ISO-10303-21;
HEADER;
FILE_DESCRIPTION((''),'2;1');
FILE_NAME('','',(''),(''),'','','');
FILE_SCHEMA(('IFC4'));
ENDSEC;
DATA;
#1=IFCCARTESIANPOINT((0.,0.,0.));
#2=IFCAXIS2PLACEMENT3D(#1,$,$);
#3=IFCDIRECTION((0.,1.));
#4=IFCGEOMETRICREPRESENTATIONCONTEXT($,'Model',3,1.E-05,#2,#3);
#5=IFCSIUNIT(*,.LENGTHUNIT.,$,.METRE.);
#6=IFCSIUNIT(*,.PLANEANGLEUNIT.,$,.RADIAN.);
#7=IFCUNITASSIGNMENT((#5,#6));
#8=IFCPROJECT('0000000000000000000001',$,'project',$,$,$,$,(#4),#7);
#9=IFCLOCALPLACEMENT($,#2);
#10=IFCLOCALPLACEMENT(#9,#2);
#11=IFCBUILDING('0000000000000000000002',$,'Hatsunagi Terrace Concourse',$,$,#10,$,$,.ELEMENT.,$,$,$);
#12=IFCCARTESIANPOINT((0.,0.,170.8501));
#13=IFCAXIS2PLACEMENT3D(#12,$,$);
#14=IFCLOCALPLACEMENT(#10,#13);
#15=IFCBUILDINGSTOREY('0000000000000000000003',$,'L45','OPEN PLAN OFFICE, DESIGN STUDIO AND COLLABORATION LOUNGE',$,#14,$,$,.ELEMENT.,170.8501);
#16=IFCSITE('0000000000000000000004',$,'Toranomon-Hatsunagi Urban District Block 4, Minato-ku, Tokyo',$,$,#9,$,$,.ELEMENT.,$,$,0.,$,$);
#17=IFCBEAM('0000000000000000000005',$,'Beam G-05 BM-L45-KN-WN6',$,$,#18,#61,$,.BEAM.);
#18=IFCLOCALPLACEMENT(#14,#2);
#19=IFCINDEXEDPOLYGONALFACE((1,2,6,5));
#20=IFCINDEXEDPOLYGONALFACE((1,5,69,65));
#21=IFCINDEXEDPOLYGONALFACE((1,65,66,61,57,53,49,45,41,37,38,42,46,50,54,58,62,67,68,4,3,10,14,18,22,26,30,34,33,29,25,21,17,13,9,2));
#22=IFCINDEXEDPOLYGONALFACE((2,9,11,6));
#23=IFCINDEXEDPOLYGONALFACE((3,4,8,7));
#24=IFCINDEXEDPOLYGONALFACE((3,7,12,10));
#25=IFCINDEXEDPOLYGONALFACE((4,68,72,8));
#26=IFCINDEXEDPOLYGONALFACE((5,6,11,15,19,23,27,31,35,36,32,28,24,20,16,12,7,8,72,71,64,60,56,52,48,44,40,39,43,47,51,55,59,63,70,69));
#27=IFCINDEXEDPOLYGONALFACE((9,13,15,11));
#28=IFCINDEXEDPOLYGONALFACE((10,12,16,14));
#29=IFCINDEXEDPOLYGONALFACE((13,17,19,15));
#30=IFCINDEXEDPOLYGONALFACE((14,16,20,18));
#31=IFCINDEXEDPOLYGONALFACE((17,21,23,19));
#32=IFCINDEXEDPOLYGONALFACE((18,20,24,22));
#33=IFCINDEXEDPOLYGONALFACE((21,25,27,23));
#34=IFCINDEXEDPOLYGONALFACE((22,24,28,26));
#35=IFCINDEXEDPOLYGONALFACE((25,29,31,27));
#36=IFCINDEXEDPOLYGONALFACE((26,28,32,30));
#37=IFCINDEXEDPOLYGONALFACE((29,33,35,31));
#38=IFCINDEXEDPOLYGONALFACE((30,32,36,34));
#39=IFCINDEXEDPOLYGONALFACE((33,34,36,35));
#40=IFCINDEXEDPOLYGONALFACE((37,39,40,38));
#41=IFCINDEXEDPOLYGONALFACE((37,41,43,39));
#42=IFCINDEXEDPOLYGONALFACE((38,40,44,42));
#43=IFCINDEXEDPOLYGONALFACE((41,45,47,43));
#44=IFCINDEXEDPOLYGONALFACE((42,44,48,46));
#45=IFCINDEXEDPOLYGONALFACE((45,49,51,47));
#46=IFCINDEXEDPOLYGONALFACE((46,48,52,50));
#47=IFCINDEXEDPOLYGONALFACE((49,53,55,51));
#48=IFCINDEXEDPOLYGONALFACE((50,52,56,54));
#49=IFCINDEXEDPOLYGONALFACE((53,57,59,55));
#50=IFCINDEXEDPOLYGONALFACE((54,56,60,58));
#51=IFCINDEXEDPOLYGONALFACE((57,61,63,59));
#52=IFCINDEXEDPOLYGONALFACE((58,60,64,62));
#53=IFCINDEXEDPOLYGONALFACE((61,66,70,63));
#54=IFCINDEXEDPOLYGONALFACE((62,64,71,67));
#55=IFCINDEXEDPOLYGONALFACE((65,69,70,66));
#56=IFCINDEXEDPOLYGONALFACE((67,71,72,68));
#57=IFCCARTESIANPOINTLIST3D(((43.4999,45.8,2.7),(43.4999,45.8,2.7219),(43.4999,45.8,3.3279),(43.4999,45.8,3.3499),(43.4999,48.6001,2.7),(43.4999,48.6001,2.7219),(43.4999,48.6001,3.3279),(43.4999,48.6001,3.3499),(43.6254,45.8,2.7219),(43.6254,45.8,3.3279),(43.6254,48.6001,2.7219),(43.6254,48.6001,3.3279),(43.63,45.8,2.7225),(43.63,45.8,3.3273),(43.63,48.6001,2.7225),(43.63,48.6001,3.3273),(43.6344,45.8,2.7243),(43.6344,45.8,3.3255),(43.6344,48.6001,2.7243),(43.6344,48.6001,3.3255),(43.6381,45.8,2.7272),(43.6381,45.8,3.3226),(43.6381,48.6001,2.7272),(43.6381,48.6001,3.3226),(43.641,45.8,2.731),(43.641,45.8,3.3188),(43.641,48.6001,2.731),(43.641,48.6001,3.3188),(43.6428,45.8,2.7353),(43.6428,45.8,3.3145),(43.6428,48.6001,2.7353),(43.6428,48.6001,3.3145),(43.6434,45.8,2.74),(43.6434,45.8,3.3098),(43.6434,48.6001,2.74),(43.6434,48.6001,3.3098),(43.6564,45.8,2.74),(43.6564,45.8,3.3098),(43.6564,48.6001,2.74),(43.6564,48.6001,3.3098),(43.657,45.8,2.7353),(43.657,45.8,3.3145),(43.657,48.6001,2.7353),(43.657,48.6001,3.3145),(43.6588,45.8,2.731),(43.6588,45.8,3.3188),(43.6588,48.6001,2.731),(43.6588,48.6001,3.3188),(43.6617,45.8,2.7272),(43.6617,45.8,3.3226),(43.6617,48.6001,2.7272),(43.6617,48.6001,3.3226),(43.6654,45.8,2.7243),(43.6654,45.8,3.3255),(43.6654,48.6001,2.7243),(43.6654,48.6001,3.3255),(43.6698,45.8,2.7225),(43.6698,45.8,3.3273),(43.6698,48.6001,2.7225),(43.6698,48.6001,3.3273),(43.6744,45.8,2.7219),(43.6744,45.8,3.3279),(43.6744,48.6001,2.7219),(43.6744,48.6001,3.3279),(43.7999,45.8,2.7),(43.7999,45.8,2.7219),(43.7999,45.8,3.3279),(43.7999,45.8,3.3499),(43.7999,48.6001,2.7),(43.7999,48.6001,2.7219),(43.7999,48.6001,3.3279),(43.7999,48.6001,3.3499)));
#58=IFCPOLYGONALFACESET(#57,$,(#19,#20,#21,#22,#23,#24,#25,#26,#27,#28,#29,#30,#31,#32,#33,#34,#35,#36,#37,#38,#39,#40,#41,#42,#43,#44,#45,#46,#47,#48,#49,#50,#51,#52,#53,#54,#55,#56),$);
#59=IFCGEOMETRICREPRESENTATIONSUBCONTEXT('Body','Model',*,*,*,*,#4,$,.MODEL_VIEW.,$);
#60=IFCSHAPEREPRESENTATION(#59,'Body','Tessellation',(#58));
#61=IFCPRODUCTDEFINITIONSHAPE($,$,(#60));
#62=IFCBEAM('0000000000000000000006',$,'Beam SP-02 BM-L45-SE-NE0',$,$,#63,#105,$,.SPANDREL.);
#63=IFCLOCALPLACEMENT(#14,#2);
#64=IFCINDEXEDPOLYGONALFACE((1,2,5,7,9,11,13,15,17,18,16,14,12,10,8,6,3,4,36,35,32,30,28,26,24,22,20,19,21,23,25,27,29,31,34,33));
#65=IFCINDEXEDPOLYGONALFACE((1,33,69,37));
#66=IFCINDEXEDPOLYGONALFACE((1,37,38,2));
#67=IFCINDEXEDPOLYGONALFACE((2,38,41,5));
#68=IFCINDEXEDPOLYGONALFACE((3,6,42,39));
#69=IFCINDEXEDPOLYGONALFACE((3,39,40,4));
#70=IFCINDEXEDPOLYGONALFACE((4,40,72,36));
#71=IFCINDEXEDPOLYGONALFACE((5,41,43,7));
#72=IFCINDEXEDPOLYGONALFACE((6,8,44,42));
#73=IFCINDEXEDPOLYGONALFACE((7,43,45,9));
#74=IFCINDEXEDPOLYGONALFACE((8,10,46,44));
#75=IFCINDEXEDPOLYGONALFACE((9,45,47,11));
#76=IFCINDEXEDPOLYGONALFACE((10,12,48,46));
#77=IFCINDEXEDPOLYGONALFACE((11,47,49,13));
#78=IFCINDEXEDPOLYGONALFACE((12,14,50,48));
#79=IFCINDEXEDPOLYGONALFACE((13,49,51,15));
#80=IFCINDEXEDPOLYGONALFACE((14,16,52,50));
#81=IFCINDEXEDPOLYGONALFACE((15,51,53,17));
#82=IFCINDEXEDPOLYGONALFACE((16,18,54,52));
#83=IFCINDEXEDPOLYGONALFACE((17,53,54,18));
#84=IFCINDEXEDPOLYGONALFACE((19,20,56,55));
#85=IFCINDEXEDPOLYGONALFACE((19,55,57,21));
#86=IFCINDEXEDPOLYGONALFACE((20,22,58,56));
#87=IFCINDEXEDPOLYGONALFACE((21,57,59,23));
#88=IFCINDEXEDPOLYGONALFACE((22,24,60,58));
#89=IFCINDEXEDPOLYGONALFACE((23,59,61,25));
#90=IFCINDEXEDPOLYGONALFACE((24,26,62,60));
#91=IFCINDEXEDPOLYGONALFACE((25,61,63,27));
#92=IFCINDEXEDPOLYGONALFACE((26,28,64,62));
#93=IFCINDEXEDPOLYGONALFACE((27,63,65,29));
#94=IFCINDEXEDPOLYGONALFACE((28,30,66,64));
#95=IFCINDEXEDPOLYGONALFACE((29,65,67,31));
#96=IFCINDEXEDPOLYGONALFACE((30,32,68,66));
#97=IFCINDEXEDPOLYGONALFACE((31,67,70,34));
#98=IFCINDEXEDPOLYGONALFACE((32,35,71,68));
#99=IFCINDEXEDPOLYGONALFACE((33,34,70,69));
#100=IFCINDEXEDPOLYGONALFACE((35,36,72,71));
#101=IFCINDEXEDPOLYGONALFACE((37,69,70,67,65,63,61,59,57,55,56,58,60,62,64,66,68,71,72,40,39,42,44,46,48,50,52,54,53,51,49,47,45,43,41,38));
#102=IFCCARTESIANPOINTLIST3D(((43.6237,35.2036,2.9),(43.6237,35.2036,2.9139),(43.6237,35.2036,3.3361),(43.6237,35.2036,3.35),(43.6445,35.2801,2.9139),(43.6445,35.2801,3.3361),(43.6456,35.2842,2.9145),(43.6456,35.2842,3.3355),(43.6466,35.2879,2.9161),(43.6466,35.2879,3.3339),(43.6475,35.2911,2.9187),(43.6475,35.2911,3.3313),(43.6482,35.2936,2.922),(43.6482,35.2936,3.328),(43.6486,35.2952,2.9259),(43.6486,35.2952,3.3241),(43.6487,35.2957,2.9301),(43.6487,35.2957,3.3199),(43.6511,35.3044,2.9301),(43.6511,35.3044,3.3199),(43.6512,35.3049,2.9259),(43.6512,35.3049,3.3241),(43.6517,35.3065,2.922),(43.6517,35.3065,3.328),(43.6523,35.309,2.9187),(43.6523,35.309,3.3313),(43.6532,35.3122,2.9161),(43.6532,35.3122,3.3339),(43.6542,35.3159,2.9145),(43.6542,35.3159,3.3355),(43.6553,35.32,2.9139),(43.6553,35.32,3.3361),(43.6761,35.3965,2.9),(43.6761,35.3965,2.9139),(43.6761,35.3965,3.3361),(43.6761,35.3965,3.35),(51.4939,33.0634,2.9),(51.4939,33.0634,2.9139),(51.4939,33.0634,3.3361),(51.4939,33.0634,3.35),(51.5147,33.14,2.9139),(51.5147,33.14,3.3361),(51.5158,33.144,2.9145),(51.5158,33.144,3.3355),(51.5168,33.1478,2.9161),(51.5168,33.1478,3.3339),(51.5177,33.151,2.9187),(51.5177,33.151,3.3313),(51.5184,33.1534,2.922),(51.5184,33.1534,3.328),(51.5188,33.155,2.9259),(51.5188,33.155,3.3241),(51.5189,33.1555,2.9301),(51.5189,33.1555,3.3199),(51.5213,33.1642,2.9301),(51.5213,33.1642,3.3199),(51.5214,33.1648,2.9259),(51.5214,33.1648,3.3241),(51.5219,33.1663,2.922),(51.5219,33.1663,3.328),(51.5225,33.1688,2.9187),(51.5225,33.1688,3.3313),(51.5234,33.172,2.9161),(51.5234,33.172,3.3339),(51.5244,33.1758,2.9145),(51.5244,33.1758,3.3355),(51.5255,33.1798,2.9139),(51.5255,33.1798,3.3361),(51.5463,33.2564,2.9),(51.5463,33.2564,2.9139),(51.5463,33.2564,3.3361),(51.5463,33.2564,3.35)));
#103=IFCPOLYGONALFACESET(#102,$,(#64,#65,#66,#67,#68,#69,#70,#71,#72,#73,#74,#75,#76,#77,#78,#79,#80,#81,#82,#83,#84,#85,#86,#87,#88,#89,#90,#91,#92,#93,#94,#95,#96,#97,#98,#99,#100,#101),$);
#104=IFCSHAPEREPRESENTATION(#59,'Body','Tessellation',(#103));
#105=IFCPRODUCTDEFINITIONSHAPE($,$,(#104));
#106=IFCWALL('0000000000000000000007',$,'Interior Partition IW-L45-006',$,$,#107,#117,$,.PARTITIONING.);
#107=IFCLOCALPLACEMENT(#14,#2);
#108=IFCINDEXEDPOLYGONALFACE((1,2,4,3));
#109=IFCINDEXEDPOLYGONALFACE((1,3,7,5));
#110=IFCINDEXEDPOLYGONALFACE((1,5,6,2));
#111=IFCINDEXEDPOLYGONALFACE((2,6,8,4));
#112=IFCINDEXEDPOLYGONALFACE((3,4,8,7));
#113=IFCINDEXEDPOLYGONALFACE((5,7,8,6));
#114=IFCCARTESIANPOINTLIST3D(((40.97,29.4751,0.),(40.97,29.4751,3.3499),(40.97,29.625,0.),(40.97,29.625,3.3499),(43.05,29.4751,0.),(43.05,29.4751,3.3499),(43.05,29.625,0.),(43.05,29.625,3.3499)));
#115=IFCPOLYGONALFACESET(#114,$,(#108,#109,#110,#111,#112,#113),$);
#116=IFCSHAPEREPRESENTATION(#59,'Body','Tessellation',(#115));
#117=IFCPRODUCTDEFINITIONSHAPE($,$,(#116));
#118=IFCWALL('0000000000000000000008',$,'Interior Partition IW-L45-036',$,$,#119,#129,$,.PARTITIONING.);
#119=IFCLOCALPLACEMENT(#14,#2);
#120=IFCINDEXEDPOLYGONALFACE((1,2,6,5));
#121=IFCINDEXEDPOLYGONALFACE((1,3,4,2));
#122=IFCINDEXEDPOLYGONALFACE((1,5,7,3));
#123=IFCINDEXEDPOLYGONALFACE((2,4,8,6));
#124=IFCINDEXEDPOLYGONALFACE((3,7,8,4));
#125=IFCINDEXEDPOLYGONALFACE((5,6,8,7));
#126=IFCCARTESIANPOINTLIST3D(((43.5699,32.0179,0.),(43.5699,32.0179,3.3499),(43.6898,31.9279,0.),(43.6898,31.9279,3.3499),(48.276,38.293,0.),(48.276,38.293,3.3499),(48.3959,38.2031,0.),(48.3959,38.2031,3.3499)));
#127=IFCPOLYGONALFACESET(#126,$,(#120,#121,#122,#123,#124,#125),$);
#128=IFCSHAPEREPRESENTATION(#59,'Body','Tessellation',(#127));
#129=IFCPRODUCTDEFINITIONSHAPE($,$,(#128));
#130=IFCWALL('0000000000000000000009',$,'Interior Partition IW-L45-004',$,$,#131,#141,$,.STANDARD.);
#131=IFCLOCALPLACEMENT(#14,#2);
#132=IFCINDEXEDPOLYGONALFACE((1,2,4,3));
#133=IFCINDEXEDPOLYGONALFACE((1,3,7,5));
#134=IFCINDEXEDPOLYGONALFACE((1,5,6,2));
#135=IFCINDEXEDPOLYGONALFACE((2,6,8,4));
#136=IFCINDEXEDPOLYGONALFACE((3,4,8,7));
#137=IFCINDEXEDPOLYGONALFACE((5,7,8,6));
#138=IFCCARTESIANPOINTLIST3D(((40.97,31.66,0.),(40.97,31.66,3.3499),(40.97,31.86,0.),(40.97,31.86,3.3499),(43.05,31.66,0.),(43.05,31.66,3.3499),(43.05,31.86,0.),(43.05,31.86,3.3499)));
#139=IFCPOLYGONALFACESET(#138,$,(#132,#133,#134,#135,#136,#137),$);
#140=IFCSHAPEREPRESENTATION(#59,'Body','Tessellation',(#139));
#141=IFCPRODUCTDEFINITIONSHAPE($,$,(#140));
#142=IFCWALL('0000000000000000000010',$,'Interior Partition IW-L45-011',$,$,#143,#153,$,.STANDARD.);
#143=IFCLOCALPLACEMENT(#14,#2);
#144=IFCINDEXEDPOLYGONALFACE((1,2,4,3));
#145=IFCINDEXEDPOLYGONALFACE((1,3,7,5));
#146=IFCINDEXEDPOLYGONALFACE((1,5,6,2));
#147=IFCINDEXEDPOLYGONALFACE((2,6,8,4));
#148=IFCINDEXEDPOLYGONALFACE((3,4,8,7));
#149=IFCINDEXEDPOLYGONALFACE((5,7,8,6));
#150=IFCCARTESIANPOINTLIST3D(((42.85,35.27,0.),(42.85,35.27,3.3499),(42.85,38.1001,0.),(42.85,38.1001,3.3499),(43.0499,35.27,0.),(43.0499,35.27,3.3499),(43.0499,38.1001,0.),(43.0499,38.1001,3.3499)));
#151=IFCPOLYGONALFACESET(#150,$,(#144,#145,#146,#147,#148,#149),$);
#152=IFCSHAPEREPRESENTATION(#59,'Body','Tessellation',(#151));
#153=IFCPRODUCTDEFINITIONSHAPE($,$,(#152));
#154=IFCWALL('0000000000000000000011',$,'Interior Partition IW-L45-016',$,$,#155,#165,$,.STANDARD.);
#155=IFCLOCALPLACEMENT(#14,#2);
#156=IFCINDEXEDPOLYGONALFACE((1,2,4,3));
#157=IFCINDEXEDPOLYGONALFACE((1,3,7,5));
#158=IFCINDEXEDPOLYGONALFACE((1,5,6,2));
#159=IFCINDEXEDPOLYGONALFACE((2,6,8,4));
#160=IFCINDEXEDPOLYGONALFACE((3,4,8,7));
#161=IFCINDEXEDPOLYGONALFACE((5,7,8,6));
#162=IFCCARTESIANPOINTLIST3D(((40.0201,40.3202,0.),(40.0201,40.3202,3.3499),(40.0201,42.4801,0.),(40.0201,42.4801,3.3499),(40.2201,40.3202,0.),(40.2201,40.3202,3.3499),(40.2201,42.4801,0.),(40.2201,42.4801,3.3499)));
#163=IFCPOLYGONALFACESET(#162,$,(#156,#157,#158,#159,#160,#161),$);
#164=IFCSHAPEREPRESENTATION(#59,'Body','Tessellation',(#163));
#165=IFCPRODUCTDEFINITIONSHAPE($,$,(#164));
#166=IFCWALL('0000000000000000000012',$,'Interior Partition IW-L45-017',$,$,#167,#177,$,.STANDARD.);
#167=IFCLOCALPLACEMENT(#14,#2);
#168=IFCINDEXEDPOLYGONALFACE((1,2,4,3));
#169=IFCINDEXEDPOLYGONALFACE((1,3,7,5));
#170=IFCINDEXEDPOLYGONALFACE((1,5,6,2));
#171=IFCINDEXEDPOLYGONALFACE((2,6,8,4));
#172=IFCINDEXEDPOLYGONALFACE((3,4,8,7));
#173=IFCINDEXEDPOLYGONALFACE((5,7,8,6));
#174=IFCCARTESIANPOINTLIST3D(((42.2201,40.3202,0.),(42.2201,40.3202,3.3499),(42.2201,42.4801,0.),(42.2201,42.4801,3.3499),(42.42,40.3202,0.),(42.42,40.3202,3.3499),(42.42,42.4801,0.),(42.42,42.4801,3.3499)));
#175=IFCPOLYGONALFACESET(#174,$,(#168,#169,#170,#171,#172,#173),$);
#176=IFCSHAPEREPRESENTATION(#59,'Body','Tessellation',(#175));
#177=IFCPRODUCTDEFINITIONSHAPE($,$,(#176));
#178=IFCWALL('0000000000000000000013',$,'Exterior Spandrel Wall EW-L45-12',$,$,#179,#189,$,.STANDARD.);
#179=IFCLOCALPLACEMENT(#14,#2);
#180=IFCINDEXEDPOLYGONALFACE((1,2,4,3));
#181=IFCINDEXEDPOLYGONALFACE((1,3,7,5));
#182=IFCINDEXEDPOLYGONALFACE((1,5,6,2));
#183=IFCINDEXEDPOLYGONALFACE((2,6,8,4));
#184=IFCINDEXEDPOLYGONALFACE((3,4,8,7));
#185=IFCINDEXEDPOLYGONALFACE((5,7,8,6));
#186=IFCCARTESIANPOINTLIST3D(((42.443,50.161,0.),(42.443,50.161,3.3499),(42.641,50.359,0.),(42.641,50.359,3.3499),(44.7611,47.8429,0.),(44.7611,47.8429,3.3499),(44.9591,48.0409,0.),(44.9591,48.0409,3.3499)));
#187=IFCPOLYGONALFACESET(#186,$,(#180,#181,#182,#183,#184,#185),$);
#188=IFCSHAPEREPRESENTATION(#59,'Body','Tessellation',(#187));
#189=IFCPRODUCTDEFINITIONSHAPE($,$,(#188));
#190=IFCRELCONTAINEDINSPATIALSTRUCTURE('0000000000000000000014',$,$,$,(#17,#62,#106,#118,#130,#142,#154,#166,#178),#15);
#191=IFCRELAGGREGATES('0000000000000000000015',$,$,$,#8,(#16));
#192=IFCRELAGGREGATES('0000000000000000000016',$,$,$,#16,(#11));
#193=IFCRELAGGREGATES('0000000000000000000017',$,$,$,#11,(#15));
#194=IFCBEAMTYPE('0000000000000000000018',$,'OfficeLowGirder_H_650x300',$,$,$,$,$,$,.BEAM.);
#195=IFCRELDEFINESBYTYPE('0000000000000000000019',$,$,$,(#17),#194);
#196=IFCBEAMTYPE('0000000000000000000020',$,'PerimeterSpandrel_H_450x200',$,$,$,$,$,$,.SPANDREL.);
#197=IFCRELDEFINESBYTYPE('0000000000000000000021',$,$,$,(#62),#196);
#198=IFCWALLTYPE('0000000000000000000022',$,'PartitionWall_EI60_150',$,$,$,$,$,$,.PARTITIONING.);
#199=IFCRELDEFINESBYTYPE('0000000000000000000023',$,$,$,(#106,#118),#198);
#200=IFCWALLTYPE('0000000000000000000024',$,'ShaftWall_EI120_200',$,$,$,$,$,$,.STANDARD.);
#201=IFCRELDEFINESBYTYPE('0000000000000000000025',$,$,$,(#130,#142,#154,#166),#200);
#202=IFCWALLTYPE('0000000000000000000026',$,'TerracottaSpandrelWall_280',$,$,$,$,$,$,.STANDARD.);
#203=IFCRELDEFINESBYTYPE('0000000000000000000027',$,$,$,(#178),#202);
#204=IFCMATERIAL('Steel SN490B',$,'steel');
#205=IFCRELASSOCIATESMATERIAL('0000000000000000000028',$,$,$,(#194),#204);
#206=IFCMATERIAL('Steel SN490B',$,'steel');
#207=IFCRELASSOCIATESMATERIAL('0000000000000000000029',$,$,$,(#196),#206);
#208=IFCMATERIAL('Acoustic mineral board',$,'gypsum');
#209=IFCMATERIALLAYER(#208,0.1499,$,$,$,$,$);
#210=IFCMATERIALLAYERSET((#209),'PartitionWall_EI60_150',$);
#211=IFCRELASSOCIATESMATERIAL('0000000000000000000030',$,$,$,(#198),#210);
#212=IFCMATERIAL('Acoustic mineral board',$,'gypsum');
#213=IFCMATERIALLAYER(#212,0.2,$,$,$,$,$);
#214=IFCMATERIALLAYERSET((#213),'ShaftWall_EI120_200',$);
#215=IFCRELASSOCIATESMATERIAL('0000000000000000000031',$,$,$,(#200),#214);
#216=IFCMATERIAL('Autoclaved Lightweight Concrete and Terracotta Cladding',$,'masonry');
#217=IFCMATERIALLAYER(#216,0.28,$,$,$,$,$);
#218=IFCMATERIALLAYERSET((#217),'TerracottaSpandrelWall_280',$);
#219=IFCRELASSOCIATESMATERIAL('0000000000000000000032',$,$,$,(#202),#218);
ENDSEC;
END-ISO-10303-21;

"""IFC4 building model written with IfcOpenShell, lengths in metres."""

from ifc_helpers import new_model, si_unit, direction, frame, frame_2d, origin, origin_2d, place, context, subcontext, project, spatial, rectangle, i_section, extrude, material, layer, layer_set, material_profile, profile_set, type_object, element, save


model = new_model("IFC4")

# Units and contexts
model_context = context("Model", 3, precision=1e-05, world=origin(), true_north=direction((0.0, 1.0)))
body_context = subcontext(model_context, "Body", "Model", "MODEL_VIEW")
ifc_project = project(units=[si_unit("LENGTHUNIT", "METRE"), si_unit("PLANEANGLEUNIT", "RADIAN")], contexts=[model_context])

# Site, building, storey
site_placement = place(None, origin())
site = spatial("IfcSite", under=ifc_project, at=site_placement, Name="Toranomon-Hatsunagi Urban District Block 4, Minato-ku, Tokyo", CompositionType="ELEMENT", RefElevation=0.0)
building_placement = place(site_placement, origin())
building = spatial("IfcBuilding", under=site, at=building_placement, Name="Hatsunagi Terrace Concourse", CompositionType="ELEMENT")
storey_placement = place(building_placement, frame((0.0, 0.0, 170.8501)))
storey = spatial("IfcBuildingStorey", under=building, at=storey_placement, Name="L45", Description="OPEN PLAN OFFICE, DESIGN STUDIO AND COLLABORATION LOUNGE", CompositionType="ELEMENT", Elevation=170.8501)

# Beams
ifc_material_1 = material(Name="Steel SN490B", Category="steel")
ifc_material_profile_1 = material_profile(ifc_material_1, i_section(OverallWidth=0.3, OverallDepth=0.6499, WebThickness=0.0129, FlangeThickness=0.022, FilletRadius=0.0181, at=origin_2d()), Name="H-650x300x13x22")
ifc_profile_set_1 = profile_set([ifc_material_profile_1], Name="Steel SN490B")
beam_type_1 = type_object("IfcBeamType", Name="OfficeLowGirder_H_650x300", PredefinedType="BEAM", material=ifc_profile_set_1)
for number, where, z_axis, x_axis, name in (
    (1, (43.6499, 45.8, 3.0249), (0.0, 1.0, 0.0), (-1.0, 0.0, 0.0), "Beam G-05 BM-L45-KN-WN6"),
):
    element("IfcBeam", number, at=place(storey_placement, frame(where, z_axis=z_axis, x_axis=x_axis)), inside=storey, type_object=beam_type_1, Name=name, PredefinedType="BEAM", context=body_context, shape_type="SweptSolid", body=[
        extrude(i_section(OverallWidth=0.3, OverallDepth=0.6499, WebThickness=0.0129, FlangeThickness=0.022, FilletRadius=0.0181, at=origin_2d()), origin(), (0.0, 0.0, 1.0), 2.8),
    ])
ifc_material_2 = material(Name="Steel SN490B", Category="steel")
ifc_material_profile_2 = material_profile(ifc_material_2, i_section(OverallWidth=0.2, OverallDepth=0.45, WebThickness=0.009, FlangeThickness=0.0139, FilletRadius=0.0161, at=origin_2d()), Name="H-450x200x9x14")
ifc_profile_set_2 = profile_set([ifc_material_profile_2], Name="Steel SN490B")
beam_type_2 = type_object("IfcBeamType", Name="PerimeterSpandrel_H_450x200", PredefinedType="SPANDREL", material=ifc_profile_set_2)
beam_1_placement = place(storey_placement, frame((43.6499, 35.3, 3.125), z_axis=(0.964958, -0.262403, 0.0), x_axis=(0.262403, 0.964958, 0.0)))
element("IfcBeam", 2, at=beam_1_placement, inside=storey, type_object=beam_type_2, Name="Beam SP-02 BM-L45-SE-NE0", PredefinedType="SPANDREL", context=body_context, shape_type="SweptSolid", body=[
    extrude(i_section(OverallWidth=0.2, OverallDepth=0.45, WebThickness=0.009, FlangeThickness=0.0139, FilletRadius=0.0161, at=origin_2d()), origin(), (0.0, 0.0, 1.0), 8.156),
])

# Walls
ifc_material_3 = material(Name="Acoustic mineral board", Category="gypsum")
ifc_layer_1 = layer(ifc_material_3, 0.1499)
ifc_layer_set_1 = layer_set([ifc_layer_1], Name="PartitionWall_EI60_150")
wall_type_1 = type_object("IfcWallType", Name="PartitionWall_EI60_150", PredefinedType="PARTITIONING", material=ifc_layer_set_1)
wall_1_placement = place(storey_placement, frame((40.97, 29.55, 0.0), z_axis=(0.0, 0.0, 1.0), x_axis=(1.0, 0.0, 0.0)))
element("IfcWall", 3, at=wall_1_placement, inside=storey, type_object=wall_type_1, Name="Interior Partition IW-L45-006", PredefinedType="PARTITIONING", context=body_context, shape_type="SweptSolid", body=[
    extrude(rectangle(XDim=2.0801, YDim=0.1499, at=frame_2d((1.04, 0.0))), origin(), (0.0, 0.0, 1.0), 3.3499),
])
wall_2_placement = place(storey_placement, frame((43.6299, 31.9729, 0.0), z_axis=(0.0, 0.0, 1.0), x_axis=(0.599975, 0.800019, 0.0)))
element("IfcWall", 4, at=wall_2_placement, inside=storey, type_object=wall_type_1, Name="Interior Partition IW-L45-036", PredefinedType="PARTITIONING", context=body_context, shape_type="SweptSolid", body=[
    extrude(rectangle(XDim=7.8438, YDim=0.1499, at=frame_2d((3.9219, 0.0))), origin(), (0.0, 0.0, 1.0), 3.3499),
])
ifc_material_4 = material(Name="Acoustic mineral board", Category="gypsum")
ifc_layer_2 = layer(ifc_material_4, 0.2)
ifc_layer_set_2 = layer_set([ifc_layer_2], Name="ShaftWall_EI120_200")
wall_type_2 = type_object("IfcWallType", Name="ShaftWall_EI120_200", PredefinedType="STANDARD", material=ifc_layer_set_2)
wall_3_placement = place(storey_placement, frame((40.97, 31.76, 0.0), z_axis=(0.0, 0.0, 1.0), x_axis=(1.0, 0.0, 0.0)))
element("IfcWall", 5, at=wall_3_placement, inside=storey, type_object=wall_type_2, Name="Interior Partition IW-L45-004", PredefinedType="STANDARD", context=body_context, shape_type="SweptSolid", body=[
    extrude(rectangle(XDim=2.0801, YDim=0.2, at=frame_2d((1.04, 0.0))), origin(), (0.0, 0.0, 1.0), 3.3499),
])
wall_4_placement = place(storey_placement, frame((42.95, 35.27, 0.0), z_axis=(0.0, 0.0, 1.0), x_axis=(0.0, 1.0, 0.0)))
element("IfcWall", 6, at=wall_4_placement, inside=storey, type_object=wall_type_2, Name="Interior Partition IW-L45-011", PredefinedType="STANDARD", context=body_context, shape_type="SweptSolid", body=[
    extrude(rectangle(XDim=2.8301, YDim=0.2, at=frame_2d((1.415, 0.0))), origin(), (0.0, 0.0, 1.0), 3.3499),
])
for number, where, z_axis, x_axis, name in (
    (7, (40.1201, 40.3201, 0.0), (0.0, 0.0, 1.0), (0.0, 1.0, 0.0), "Interior Partition IW-L45-016"),
    (8, (42.3201, 40.3201, 0.0), (0.0, 0.0, 1.0), (0.0, 1.0, 0.0), "Interior Partition IW-L45-017"),
):
    element("IfcWall", number, at=place(storey_placement, frame(where, z_axis=z_axis, x_axis=x_axis)), inside=storey, type_object=wall_type_2, Name=name, PredefinedType="STANDARD", context=body_context, shape_type="SweptSolid", body=[
        extrude(rectangle(XDim=2.1599, YDim=0.2, at=frame_2d((1.0801, 0.0))), origin(), (0.0, 0.0, 1.0), 3.3499),
    ])
ifc_material_5 = material(Name="Autoclaved Lightweight Concrete and Terracotta Cladding", Category="masonry")
ifc_layer_3 = layer(ifc_material_5, 0.28)
ifc_layer_set_3 = layer_set([ifc_layer_3], Name="TerracottaSpandrelWall_280")
wall_type_3 = type_object("IfcWallType", Name="TerracottaSpandrelWall_280", PredefinedType="STANDARD", material=ifc_layer_set_3)
wall_5_placement = place(storey_placement, frame((42.542, 50.26, 0.0), z_axis=(0.0, 0.0, 1.0), x_axis=(0.707107, -0.707107, 0.0)))
element("IfcWall", 9, at=wall_5_placement, inside=storey, type_object=wall_type_3, Name="Exterior Spandrel Wall EW-L45-12", PredefinedType="STANDARD", context=body_context, shape_type="SweptSolid", body=[
    extrude(rectangle(XDim=3.2783, YDim=0.28, at=frame_2d((1.6392, 0.0))), origin(), (0.0, 0.0, 1.0), 3.3499),
])

save(model, "model.ifc")
